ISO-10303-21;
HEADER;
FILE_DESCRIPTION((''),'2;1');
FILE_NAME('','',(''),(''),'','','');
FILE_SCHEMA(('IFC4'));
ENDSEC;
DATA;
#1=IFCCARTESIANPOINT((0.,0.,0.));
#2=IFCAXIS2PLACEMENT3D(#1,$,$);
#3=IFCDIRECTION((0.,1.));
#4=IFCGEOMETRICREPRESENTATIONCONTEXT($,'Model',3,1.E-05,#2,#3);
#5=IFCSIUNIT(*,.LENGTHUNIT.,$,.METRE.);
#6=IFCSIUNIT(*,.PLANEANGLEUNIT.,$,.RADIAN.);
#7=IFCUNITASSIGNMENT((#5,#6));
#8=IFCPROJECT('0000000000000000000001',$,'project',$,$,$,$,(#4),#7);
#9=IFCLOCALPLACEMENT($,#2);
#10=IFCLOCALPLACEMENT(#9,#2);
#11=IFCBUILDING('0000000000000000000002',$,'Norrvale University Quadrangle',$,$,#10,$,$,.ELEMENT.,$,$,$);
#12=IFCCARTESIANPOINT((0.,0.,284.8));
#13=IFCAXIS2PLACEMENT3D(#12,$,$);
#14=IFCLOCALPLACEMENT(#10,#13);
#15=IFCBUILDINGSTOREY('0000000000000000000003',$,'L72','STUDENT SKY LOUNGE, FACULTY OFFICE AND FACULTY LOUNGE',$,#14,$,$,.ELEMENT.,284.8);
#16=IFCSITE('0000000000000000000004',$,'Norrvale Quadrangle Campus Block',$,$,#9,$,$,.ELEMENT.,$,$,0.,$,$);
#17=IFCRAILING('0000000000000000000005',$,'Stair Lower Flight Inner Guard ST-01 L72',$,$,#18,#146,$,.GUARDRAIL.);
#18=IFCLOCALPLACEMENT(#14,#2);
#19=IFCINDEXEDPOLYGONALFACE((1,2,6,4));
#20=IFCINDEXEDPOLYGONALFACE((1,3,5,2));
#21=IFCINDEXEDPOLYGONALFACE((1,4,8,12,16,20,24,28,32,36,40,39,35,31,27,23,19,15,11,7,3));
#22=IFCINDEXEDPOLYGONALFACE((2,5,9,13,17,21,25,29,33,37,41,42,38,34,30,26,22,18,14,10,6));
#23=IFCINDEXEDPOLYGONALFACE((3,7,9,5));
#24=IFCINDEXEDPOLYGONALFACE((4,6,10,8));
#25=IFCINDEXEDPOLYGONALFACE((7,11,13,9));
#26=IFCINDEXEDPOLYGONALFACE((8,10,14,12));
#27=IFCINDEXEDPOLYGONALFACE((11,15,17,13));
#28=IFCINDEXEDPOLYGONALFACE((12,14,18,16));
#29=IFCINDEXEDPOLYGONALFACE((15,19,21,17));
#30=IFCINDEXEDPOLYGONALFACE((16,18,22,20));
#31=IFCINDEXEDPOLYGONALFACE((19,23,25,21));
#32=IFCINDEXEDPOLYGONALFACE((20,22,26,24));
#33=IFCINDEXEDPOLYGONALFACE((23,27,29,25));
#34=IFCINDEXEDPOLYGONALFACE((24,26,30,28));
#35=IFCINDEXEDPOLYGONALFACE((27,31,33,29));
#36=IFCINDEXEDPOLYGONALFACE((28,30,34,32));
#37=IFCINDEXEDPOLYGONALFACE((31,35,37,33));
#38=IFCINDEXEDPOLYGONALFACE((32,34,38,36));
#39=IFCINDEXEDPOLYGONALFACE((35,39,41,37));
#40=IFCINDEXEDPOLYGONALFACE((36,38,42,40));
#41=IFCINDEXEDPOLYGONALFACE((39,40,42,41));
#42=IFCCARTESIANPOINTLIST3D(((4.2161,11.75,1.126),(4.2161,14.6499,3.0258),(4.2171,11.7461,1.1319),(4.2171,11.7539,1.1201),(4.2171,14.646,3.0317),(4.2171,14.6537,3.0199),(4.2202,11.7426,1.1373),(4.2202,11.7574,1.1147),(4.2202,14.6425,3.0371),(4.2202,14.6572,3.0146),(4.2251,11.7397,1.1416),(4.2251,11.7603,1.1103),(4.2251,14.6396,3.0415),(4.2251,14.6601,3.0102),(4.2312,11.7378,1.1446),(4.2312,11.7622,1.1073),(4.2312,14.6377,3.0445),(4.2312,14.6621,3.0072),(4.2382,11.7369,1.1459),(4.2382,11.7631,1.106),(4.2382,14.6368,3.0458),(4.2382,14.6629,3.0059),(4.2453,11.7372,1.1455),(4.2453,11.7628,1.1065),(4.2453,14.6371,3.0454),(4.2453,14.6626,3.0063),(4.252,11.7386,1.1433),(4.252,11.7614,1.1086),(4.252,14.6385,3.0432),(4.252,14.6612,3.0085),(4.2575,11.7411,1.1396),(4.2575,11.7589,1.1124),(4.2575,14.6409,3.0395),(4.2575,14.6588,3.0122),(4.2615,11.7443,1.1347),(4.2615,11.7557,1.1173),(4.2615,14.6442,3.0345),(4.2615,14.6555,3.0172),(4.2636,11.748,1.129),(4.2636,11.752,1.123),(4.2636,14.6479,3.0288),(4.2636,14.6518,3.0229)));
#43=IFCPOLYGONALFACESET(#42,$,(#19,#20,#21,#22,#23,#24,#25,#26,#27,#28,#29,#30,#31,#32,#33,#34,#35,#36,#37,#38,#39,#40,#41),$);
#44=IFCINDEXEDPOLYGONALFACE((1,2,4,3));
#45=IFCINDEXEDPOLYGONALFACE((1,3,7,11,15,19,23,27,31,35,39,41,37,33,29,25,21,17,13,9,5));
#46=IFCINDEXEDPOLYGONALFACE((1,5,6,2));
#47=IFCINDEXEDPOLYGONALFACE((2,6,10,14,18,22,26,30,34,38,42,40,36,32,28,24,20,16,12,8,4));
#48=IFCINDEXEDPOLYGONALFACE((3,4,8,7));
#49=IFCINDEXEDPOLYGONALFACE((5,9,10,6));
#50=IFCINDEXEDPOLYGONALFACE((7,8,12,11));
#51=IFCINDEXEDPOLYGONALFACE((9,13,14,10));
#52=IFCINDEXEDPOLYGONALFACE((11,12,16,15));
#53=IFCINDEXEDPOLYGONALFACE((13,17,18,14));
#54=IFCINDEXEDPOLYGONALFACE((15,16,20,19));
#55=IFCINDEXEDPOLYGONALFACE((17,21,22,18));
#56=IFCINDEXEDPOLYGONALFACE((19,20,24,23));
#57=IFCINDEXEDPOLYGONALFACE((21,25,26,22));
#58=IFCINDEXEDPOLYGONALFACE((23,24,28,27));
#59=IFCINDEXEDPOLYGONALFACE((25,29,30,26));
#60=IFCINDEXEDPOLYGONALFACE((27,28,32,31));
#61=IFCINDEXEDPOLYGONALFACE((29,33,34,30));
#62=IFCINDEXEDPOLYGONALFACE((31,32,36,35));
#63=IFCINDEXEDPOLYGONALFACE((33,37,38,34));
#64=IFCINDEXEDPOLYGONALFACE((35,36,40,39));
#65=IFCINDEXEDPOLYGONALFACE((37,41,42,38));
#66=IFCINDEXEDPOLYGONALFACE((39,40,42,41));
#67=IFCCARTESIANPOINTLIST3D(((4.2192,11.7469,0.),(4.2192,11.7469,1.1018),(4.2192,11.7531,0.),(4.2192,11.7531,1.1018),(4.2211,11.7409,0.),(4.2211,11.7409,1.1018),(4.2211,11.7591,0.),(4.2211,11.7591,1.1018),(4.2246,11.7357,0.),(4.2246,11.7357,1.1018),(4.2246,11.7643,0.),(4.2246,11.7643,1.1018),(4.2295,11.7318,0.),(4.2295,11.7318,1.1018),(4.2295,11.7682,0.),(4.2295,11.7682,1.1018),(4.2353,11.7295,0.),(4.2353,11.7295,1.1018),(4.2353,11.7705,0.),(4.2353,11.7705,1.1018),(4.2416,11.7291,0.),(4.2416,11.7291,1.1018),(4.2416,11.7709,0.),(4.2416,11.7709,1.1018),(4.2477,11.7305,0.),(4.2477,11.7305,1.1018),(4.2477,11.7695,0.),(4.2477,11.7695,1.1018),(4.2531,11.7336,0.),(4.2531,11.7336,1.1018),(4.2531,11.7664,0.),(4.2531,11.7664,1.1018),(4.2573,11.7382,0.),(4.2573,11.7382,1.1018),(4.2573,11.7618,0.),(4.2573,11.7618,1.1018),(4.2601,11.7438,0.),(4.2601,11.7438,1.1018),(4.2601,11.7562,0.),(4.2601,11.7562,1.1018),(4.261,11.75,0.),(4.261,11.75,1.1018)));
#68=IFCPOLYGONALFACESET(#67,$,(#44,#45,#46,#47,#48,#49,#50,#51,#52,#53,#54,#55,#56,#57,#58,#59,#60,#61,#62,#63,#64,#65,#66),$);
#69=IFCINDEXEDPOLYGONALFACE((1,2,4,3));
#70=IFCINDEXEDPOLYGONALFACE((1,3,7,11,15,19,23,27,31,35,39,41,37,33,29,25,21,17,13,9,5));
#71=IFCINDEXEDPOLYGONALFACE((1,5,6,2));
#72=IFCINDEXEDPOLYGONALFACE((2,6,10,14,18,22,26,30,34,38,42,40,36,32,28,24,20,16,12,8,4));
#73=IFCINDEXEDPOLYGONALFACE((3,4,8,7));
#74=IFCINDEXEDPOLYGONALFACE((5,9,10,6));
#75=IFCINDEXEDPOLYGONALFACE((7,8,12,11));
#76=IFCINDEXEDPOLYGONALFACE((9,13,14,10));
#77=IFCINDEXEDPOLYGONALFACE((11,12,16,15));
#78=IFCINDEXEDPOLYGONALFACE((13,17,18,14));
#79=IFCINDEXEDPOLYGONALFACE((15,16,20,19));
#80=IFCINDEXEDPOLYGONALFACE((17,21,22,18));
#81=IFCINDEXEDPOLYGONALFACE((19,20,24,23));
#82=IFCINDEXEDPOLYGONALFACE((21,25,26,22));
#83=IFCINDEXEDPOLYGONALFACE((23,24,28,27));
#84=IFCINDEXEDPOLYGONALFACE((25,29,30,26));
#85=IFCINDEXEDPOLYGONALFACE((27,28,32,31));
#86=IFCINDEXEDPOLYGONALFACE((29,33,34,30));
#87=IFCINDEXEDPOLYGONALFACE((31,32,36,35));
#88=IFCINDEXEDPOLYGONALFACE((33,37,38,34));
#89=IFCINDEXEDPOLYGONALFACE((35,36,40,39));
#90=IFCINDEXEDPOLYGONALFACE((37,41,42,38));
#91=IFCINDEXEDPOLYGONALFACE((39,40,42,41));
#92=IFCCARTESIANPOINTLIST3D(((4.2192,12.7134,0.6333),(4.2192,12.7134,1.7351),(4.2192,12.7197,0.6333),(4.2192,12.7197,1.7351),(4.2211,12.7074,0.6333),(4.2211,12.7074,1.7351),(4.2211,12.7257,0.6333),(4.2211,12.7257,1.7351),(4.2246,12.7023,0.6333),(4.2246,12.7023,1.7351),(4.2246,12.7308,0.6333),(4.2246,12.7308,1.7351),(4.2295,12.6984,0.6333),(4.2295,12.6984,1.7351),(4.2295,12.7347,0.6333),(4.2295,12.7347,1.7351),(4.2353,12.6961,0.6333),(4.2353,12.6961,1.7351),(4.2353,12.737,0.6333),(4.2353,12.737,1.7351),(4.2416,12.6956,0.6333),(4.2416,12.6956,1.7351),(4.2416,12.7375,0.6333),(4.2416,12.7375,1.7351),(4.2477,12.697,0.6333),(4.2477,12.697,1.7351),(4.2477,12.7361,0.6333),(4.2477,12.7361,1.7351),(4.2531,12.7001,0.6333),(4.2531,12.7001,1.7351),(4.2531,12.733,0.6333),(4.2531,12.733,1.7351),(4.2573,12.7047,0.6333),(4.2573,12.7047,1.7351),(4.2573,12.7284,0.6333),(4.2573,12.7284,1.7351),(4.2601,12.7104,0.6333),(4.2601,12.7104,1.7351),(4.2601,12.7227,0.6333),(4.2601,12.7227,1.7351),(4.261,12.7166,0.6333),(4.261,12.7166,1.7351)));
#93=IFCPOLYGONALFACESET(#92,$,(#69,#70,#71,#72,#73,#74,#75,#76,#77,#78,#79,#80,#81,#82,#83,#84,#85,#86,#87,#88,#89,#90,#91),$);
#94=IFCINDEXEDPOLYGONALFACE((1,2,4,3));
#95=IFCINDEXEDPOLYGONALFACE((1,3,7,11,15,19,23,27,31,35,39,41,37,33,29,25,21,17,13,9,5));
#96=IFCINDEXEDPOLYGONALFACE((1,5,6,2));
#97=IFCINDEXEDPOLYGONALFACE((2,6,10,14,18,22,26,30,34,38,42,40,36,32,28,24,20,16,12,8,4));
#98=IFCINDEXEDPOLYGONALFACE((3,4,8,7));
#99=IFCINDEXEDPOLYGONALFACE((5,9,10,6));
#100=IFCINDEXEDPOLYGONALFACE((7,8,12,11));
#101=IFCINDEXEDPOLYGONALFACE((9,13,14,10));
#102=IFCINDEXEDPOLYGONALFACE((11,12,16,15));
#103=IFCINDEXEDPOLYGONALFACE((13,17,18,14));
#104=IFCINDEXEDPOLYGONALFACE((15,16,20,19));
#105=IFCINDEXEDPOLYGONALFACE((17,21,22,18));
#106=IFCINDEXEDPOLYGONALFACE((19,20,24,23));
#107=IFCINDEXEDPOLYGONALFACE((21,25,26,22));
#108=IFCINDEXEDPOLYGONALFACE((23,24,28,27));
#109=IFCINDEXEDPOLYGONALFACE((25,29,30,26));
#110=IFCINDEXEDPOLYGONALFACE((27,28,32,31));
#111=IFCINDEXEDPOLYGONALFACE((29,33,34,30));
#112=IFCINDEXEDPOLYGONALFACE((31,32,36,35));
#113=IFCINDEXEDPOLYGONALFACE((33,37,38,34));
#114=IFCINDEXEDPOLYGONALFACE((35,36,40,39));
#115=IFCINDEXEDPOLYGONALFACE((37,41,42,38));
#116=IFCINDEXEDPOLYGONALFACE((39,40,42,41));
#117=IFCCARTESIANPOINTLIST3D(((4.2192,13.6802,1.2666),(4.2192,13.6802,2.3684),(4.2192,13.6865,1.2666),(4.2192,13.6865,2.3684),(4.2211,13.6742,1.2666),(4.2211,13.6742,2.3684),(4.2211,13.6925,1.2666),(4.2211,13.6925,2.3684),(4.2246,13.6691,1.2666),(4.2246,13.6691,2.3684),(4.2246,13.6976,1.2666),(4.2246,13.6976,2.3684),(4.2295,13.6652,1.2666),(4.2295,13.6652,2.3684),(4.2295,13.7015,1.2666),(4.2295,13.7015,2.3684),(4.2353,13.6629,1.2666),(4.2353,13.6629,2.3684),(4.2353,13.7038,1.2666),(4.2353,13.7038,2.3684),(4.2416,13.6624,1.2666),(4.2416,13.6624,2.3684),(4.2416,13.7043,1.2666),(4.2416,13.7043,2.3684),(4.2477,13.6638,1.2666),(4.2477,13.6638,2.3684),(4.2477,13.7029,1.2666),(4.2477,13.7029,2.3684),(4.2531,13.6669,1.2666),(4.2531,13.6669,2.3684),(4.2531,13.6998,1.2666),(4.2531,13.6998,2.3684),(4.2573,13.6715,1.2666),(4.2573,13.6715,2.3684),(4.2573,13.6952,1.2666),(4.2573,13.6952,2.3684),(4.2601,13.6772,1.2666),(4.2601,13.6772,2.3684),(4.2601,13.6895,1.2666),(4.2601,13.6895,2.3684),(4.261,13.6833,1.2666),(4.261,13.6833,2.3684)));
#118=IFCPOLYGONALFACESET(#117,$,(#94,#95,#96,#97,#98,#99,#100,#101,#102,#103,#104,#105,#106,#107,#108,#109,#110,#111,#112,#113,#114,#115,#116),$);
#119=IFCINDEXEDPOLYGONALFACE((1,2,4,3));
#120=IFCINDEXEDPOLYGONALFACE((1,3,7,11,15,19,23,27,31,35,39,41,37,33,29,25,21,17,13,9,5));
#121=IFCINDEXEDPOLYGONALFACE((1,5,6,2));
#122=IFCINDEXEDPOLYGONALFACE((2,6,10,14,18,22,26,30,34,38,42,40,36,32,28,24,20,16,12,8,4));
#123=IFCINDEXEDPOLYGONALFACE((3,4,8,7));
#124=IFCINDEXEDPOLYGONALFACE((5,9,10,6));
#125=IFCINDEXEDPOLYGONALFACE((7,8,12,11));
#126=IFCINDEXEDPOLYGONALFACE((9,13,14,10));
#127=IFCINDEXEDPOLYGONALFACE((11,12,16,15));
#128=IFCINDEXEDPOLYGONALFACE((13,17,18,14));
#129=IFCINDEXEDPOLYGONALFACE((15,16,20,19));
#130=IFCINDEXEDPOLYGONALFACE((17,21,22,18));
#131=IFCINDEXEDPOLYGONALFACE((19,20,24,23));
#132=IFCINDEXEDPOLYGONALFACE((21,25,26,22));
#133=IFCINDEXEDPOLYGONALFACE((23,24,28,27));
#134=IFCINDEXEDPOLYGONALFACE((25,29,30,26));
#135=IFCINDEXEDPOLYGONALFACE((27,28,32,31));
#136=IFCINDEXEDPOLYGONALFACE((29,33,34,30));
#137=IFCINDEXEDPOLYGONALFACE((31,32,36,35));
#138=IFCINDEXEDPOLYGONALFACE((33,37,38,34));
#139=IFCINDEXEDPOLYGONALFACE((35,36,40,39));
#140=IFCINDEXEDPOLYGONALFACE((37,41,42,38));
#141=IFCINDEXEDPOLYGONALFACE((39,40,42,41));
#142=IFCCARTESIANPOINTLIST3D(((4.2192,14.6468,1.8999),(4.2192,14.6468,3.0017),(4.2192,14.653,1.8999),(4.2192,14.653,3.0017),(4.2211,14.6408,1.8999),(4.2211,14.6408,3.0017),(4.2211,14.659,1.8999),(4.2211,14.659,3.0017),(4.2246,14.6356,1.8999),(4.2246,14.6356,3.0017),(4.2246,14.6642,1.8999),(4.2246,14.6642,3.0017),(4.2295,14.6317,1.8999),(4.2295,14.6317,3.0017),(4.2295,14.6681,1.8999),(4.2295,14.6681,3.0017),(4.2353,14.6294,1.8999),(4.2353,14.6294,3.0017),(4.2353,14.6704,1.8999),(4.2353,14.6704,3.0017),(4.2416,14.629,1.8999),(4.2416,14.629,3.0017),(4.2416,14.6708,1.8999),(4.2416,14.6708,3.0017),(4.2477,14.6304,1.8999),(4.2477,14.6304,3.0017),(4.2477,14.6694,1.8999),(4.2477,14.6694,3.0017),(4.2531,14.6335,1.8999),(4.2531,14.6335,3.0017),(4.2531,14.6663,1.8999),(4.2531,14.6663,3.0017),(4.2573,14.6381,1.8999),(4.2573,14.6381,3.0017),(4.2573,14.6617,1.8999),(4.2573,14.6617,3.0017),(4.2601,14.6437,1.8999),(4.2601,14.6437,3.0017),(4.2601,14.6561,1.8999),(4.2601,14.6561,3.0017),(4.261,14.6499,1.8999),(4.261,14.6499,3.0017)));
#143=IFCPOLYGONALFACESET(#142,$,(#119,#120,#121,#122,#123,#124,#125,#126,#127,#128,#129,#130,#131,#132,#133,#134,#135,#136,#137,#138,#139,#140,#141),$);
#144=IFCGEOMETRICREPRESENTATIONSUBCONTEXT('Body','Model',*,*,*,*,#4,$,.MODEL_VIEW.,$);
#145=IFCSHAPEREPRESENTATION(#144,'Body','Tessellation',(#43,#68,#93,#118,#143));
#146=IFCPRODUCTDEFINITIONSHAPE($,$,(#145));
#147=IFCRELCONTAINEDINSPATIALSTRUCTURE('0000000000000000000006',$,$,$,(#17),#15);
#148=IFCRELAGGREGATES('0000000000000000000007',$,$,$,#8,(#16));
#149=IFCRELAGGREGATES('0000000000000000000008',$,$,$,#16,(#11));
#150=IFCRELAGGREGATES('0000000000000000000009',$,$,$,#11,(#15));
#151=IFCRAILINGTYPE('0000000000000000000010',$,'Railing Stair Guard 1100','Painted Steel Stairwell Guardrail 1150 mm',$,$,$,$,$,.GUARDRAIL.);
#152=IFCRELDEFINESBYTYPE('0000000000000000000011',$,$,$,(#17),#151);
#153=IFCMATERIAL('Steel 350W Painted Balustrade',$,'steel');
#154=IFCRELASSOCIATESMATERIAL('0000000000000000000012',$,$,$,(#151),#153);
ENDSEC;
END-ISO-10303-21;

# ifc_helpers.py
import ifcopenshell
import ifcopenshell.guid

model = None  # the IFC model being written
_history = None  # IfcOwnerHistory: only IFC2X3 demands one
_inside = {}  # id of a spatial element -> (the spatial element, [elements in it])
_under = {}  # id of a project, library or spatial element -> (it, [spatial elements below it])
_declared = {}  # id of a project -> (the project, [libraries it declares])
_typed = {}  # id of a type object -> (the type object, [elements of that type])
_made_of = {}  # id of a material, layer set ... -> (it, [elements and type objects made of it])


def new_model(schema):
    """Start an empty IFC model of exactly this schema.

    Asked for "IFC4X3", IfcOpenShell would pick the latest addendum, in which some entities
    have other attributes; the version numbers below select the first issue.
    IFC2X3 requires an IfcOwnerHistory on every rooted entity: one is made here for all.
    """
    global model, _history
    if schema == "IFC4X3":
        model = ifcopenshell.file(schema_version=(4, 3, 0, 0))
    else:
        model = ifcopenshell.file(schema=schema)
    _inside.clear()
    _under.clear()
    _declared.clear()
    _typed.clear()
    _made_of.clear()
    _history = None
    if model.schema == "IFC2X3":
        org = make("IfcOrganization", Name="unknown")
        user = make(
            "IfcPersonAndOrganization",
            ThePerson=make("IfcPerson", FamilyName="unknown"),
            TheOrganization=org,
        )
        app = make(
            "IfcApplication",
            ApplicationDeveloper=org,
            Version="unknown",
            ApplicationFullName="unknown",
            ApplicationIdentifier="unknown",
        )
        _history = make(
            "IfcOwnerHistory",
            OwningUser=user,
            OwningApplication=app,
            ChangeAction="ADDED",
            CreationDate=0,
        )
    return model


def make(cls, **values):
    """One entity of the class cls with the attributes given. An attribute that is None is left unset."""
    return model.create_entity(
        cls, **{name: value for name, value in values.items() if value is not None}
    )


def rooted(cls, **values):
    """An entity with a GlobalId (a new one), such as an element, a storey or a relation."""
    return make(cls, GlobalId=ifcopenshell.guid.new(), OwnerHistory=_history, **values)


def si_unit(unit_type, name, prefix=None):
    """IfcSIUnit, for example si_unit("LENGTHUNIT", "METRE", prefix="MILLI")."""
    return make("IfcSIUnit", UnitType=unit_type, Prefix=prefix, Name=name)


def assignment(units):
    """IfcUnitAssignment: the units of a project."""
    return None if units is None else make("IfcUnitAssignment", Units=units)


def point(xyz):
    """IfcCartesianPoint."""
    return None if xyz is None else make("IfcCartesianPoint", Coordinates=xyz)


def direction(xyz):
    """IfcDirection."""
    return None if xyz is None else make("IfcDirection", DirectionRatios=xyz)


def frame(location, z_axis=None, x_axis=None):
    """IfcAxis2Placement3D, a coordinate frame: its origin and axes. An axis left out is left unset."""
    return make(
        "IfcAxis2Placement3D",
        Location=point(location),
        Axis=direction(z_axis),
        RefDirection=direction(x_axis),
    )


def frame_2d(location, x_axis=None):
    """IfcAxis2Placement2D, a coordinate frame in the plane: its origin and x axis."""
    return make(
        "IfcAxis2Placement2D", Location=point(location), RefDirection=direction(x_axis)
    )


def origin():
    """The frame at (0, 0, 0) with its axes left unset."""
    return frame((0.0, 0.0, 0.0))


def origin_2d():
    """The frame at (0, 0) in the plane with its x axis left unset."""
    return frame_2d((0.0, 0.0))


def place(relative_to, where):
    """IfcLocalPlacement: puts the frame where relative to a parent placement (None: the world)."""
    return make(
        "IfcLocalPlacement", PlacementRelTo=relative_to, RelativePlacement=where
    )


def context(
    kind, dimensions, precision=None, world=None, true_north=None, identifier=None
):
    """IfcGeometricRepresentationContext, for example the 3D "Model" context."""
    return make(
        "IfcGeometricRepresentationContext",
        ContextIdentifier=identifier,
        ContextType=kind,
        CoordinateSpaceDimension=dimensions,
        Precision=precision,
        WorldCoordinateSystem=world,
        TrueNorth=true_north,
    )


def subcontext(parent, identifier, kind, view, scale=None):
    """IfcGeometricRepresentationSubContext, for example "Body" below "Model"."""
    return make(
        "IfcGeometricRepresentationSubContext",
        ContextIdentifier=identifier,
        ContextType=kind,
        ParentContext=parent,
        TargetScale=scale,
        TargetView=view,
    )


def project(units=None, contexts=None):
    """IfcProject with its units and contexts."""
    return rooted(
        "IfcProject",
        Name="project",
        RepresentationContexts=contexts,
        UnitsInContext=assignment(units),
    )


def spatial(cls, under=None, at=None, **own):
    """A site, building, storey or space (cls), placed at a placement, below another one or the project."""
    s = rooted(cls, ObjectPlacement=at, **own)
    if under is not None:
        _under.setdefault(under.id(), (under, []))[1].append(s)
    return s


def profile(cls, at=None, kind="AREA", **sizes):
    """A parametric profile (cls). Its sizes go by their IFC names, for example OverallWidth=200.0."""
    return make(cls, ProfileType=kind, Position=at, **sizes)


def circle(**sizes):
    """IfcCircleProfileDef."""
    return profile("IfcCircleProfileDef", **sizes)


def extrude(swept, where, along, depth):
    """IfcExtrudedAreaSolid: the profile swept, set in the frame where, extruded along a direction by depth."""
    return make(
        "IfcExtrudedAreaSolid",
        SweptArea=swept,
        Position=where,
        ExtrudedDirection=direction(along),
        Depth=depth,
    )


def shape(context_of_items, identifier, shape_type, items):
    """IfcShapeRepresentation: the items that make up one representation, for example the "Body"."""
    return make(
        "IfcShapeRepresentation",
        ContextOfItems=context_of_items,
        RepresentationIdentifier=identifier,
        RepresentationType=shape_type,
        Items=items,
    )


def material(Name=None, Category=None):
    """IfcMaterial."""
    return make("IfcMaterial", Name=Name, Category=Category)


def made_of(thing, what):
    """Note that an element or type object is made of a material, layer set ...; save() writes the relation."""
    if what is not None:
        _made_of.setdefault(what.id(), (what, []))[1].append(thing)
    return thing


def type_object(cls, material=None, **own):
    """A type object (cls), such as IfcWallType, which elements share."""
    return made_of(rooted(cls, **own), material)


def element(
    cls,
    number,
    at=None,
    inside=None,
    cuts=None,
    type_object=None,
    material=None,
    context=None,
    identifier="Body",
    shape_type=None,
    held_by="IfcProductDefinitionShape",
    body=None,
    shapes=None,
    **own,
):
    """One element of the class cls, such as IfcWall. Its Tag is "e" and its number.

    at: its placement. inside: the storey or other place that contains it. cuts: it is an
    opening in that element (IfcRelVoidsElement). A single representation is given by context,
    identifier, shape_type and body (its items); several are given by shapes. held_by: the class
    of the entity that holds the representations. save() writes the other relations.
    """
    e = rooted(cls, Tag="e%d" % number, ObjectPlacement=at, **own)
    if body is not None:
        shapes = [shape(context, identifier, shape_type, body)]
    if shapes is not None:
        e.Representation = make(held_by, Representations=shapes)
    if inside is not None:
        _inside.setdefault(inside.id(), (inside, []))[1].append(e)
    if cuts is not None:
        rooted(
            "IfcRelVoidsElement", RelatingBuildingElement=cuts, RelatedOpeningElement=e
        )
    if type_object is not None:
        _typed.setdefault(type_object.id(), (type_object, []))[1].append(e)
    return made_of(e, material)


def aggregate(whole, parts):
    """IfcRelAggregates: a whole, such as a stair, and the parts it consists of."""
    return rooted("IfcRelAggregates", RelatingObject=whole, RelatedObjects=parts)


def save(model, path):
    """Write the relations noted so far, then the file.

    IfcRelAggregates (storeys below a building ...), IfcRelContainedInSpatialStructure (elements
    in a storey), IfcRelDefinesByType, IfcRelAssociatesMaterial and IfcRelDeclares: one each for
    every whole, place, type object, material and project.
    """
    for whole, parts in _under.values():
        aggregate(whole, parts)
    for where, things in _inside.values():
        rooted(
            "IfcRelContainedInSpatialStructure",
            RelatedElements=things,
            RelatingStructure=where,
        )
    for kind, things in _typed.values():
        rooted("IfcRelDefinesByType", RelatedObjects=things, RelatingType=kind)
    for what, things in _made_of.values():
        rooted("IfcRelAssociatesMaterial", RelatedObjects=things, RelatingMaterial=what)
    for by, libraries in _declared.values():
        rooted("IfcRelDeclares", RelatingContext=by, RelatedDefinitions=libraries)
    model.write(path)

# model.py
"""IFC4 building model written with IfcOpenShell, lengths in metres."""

from ifc_helpers import new_model, si_unit, direction, frame, origin, origin_2d, place, context, subcontext, project, spatial, circle, extrude, material, type_object, element, save


model = new_model("IFC4")

# Units and contexts
model_context = context("Model", 3, precision=1e-05, world=origin(), true_north=direction((0.0, 1.0)))
body_context = subcontext(model_context, "Body", "Model", "MODEL_VIEW")
ifc_project = project(units=[si_unit("LENGTHUNIT", "METRE"), si_unit("PLANEANGLEUNIT", "RADIAN")], contexts=[model_context])

# Site, building, storey
site_placement = place(None, origin())
site = spatial("IfcSite", under=ifc_project, at=site_placement, Name="Norrvale Quadrangle Campus Block", CompositionType="ELEMENT", RefElevation=0.0)
building_placement = place(site_placement, origin())
building = spatial("IfcBuilding", under=site, at=building_placement, Name="Norrvale University Quadrangle", CompositionType="ELEMENT")
storey_placement = place(building_placement, frame((0.0, 0.0, 284.8)))
storey = spatial("IfcBuildingStorey", under=building, at=storey_placement, Name="L72", Description="STUDENT SKY LOUNGE, FACULTY OFFICE AND FACULTY LOUNGE", CompositionType="ELEMENT", Elevation=284.8)

# Railing
ifc_material_1 = material(Name="Steel 350W Painted Balustrade", Category="steel")
railing_type_1 = type_object("IfcRailingType", Name="Railing Stair Guard 1100", Description="Painted Steel Stairwell Guardrail 1150 mm", PredefinedType="GUARDRAIL", material=ifc_material_1)
railing_1_placement = place(storey_placement, frame((4.24, 11.75, 0.0)))
element("IfcRailing", 1, at=railing_1_placement, inside=storey, type_object=railing_type_1, Name="Stair Lower Flight Inner Guard ST-01 L72", PredefinedType="GUARDRAIL", context=body_context, shape_type="SweptSolid", body=[
    extrude(circle(Radius=0.0239, at=origin_2d()), frame((0.0, 0.0, 1.126), z_axis=(0.0, 0.836466, 0.548019), x_axis=(-1.0, 0.0, 0.0)), (0.0, 0.0, 1.0), 3.4668),
    extrude(circle(Radius=0.021, at=origin_2d()), origin(), (0.0, 0.0, 1.0), 1.1018),
    extrude(circle(Radius=0.021, at=origin_2d()), frame((0.0, 0.9666, 0.6333)), (0.0, 0.0, 1.0), 1.1018),
    extrude(circle(Radius=0.021, at=origin_2d()), frame((0.0, 1.9333, 1.2666)), (0.0, 0.0, 1.0), 1.1018),
    extrude(circle(Radius=0.021, at=origin_2d()), frame((0.0, 2.8999, 1.8999)), (0.0, 0.0, 1.0), 1.1018),
])

save(model, "model.ifc")
